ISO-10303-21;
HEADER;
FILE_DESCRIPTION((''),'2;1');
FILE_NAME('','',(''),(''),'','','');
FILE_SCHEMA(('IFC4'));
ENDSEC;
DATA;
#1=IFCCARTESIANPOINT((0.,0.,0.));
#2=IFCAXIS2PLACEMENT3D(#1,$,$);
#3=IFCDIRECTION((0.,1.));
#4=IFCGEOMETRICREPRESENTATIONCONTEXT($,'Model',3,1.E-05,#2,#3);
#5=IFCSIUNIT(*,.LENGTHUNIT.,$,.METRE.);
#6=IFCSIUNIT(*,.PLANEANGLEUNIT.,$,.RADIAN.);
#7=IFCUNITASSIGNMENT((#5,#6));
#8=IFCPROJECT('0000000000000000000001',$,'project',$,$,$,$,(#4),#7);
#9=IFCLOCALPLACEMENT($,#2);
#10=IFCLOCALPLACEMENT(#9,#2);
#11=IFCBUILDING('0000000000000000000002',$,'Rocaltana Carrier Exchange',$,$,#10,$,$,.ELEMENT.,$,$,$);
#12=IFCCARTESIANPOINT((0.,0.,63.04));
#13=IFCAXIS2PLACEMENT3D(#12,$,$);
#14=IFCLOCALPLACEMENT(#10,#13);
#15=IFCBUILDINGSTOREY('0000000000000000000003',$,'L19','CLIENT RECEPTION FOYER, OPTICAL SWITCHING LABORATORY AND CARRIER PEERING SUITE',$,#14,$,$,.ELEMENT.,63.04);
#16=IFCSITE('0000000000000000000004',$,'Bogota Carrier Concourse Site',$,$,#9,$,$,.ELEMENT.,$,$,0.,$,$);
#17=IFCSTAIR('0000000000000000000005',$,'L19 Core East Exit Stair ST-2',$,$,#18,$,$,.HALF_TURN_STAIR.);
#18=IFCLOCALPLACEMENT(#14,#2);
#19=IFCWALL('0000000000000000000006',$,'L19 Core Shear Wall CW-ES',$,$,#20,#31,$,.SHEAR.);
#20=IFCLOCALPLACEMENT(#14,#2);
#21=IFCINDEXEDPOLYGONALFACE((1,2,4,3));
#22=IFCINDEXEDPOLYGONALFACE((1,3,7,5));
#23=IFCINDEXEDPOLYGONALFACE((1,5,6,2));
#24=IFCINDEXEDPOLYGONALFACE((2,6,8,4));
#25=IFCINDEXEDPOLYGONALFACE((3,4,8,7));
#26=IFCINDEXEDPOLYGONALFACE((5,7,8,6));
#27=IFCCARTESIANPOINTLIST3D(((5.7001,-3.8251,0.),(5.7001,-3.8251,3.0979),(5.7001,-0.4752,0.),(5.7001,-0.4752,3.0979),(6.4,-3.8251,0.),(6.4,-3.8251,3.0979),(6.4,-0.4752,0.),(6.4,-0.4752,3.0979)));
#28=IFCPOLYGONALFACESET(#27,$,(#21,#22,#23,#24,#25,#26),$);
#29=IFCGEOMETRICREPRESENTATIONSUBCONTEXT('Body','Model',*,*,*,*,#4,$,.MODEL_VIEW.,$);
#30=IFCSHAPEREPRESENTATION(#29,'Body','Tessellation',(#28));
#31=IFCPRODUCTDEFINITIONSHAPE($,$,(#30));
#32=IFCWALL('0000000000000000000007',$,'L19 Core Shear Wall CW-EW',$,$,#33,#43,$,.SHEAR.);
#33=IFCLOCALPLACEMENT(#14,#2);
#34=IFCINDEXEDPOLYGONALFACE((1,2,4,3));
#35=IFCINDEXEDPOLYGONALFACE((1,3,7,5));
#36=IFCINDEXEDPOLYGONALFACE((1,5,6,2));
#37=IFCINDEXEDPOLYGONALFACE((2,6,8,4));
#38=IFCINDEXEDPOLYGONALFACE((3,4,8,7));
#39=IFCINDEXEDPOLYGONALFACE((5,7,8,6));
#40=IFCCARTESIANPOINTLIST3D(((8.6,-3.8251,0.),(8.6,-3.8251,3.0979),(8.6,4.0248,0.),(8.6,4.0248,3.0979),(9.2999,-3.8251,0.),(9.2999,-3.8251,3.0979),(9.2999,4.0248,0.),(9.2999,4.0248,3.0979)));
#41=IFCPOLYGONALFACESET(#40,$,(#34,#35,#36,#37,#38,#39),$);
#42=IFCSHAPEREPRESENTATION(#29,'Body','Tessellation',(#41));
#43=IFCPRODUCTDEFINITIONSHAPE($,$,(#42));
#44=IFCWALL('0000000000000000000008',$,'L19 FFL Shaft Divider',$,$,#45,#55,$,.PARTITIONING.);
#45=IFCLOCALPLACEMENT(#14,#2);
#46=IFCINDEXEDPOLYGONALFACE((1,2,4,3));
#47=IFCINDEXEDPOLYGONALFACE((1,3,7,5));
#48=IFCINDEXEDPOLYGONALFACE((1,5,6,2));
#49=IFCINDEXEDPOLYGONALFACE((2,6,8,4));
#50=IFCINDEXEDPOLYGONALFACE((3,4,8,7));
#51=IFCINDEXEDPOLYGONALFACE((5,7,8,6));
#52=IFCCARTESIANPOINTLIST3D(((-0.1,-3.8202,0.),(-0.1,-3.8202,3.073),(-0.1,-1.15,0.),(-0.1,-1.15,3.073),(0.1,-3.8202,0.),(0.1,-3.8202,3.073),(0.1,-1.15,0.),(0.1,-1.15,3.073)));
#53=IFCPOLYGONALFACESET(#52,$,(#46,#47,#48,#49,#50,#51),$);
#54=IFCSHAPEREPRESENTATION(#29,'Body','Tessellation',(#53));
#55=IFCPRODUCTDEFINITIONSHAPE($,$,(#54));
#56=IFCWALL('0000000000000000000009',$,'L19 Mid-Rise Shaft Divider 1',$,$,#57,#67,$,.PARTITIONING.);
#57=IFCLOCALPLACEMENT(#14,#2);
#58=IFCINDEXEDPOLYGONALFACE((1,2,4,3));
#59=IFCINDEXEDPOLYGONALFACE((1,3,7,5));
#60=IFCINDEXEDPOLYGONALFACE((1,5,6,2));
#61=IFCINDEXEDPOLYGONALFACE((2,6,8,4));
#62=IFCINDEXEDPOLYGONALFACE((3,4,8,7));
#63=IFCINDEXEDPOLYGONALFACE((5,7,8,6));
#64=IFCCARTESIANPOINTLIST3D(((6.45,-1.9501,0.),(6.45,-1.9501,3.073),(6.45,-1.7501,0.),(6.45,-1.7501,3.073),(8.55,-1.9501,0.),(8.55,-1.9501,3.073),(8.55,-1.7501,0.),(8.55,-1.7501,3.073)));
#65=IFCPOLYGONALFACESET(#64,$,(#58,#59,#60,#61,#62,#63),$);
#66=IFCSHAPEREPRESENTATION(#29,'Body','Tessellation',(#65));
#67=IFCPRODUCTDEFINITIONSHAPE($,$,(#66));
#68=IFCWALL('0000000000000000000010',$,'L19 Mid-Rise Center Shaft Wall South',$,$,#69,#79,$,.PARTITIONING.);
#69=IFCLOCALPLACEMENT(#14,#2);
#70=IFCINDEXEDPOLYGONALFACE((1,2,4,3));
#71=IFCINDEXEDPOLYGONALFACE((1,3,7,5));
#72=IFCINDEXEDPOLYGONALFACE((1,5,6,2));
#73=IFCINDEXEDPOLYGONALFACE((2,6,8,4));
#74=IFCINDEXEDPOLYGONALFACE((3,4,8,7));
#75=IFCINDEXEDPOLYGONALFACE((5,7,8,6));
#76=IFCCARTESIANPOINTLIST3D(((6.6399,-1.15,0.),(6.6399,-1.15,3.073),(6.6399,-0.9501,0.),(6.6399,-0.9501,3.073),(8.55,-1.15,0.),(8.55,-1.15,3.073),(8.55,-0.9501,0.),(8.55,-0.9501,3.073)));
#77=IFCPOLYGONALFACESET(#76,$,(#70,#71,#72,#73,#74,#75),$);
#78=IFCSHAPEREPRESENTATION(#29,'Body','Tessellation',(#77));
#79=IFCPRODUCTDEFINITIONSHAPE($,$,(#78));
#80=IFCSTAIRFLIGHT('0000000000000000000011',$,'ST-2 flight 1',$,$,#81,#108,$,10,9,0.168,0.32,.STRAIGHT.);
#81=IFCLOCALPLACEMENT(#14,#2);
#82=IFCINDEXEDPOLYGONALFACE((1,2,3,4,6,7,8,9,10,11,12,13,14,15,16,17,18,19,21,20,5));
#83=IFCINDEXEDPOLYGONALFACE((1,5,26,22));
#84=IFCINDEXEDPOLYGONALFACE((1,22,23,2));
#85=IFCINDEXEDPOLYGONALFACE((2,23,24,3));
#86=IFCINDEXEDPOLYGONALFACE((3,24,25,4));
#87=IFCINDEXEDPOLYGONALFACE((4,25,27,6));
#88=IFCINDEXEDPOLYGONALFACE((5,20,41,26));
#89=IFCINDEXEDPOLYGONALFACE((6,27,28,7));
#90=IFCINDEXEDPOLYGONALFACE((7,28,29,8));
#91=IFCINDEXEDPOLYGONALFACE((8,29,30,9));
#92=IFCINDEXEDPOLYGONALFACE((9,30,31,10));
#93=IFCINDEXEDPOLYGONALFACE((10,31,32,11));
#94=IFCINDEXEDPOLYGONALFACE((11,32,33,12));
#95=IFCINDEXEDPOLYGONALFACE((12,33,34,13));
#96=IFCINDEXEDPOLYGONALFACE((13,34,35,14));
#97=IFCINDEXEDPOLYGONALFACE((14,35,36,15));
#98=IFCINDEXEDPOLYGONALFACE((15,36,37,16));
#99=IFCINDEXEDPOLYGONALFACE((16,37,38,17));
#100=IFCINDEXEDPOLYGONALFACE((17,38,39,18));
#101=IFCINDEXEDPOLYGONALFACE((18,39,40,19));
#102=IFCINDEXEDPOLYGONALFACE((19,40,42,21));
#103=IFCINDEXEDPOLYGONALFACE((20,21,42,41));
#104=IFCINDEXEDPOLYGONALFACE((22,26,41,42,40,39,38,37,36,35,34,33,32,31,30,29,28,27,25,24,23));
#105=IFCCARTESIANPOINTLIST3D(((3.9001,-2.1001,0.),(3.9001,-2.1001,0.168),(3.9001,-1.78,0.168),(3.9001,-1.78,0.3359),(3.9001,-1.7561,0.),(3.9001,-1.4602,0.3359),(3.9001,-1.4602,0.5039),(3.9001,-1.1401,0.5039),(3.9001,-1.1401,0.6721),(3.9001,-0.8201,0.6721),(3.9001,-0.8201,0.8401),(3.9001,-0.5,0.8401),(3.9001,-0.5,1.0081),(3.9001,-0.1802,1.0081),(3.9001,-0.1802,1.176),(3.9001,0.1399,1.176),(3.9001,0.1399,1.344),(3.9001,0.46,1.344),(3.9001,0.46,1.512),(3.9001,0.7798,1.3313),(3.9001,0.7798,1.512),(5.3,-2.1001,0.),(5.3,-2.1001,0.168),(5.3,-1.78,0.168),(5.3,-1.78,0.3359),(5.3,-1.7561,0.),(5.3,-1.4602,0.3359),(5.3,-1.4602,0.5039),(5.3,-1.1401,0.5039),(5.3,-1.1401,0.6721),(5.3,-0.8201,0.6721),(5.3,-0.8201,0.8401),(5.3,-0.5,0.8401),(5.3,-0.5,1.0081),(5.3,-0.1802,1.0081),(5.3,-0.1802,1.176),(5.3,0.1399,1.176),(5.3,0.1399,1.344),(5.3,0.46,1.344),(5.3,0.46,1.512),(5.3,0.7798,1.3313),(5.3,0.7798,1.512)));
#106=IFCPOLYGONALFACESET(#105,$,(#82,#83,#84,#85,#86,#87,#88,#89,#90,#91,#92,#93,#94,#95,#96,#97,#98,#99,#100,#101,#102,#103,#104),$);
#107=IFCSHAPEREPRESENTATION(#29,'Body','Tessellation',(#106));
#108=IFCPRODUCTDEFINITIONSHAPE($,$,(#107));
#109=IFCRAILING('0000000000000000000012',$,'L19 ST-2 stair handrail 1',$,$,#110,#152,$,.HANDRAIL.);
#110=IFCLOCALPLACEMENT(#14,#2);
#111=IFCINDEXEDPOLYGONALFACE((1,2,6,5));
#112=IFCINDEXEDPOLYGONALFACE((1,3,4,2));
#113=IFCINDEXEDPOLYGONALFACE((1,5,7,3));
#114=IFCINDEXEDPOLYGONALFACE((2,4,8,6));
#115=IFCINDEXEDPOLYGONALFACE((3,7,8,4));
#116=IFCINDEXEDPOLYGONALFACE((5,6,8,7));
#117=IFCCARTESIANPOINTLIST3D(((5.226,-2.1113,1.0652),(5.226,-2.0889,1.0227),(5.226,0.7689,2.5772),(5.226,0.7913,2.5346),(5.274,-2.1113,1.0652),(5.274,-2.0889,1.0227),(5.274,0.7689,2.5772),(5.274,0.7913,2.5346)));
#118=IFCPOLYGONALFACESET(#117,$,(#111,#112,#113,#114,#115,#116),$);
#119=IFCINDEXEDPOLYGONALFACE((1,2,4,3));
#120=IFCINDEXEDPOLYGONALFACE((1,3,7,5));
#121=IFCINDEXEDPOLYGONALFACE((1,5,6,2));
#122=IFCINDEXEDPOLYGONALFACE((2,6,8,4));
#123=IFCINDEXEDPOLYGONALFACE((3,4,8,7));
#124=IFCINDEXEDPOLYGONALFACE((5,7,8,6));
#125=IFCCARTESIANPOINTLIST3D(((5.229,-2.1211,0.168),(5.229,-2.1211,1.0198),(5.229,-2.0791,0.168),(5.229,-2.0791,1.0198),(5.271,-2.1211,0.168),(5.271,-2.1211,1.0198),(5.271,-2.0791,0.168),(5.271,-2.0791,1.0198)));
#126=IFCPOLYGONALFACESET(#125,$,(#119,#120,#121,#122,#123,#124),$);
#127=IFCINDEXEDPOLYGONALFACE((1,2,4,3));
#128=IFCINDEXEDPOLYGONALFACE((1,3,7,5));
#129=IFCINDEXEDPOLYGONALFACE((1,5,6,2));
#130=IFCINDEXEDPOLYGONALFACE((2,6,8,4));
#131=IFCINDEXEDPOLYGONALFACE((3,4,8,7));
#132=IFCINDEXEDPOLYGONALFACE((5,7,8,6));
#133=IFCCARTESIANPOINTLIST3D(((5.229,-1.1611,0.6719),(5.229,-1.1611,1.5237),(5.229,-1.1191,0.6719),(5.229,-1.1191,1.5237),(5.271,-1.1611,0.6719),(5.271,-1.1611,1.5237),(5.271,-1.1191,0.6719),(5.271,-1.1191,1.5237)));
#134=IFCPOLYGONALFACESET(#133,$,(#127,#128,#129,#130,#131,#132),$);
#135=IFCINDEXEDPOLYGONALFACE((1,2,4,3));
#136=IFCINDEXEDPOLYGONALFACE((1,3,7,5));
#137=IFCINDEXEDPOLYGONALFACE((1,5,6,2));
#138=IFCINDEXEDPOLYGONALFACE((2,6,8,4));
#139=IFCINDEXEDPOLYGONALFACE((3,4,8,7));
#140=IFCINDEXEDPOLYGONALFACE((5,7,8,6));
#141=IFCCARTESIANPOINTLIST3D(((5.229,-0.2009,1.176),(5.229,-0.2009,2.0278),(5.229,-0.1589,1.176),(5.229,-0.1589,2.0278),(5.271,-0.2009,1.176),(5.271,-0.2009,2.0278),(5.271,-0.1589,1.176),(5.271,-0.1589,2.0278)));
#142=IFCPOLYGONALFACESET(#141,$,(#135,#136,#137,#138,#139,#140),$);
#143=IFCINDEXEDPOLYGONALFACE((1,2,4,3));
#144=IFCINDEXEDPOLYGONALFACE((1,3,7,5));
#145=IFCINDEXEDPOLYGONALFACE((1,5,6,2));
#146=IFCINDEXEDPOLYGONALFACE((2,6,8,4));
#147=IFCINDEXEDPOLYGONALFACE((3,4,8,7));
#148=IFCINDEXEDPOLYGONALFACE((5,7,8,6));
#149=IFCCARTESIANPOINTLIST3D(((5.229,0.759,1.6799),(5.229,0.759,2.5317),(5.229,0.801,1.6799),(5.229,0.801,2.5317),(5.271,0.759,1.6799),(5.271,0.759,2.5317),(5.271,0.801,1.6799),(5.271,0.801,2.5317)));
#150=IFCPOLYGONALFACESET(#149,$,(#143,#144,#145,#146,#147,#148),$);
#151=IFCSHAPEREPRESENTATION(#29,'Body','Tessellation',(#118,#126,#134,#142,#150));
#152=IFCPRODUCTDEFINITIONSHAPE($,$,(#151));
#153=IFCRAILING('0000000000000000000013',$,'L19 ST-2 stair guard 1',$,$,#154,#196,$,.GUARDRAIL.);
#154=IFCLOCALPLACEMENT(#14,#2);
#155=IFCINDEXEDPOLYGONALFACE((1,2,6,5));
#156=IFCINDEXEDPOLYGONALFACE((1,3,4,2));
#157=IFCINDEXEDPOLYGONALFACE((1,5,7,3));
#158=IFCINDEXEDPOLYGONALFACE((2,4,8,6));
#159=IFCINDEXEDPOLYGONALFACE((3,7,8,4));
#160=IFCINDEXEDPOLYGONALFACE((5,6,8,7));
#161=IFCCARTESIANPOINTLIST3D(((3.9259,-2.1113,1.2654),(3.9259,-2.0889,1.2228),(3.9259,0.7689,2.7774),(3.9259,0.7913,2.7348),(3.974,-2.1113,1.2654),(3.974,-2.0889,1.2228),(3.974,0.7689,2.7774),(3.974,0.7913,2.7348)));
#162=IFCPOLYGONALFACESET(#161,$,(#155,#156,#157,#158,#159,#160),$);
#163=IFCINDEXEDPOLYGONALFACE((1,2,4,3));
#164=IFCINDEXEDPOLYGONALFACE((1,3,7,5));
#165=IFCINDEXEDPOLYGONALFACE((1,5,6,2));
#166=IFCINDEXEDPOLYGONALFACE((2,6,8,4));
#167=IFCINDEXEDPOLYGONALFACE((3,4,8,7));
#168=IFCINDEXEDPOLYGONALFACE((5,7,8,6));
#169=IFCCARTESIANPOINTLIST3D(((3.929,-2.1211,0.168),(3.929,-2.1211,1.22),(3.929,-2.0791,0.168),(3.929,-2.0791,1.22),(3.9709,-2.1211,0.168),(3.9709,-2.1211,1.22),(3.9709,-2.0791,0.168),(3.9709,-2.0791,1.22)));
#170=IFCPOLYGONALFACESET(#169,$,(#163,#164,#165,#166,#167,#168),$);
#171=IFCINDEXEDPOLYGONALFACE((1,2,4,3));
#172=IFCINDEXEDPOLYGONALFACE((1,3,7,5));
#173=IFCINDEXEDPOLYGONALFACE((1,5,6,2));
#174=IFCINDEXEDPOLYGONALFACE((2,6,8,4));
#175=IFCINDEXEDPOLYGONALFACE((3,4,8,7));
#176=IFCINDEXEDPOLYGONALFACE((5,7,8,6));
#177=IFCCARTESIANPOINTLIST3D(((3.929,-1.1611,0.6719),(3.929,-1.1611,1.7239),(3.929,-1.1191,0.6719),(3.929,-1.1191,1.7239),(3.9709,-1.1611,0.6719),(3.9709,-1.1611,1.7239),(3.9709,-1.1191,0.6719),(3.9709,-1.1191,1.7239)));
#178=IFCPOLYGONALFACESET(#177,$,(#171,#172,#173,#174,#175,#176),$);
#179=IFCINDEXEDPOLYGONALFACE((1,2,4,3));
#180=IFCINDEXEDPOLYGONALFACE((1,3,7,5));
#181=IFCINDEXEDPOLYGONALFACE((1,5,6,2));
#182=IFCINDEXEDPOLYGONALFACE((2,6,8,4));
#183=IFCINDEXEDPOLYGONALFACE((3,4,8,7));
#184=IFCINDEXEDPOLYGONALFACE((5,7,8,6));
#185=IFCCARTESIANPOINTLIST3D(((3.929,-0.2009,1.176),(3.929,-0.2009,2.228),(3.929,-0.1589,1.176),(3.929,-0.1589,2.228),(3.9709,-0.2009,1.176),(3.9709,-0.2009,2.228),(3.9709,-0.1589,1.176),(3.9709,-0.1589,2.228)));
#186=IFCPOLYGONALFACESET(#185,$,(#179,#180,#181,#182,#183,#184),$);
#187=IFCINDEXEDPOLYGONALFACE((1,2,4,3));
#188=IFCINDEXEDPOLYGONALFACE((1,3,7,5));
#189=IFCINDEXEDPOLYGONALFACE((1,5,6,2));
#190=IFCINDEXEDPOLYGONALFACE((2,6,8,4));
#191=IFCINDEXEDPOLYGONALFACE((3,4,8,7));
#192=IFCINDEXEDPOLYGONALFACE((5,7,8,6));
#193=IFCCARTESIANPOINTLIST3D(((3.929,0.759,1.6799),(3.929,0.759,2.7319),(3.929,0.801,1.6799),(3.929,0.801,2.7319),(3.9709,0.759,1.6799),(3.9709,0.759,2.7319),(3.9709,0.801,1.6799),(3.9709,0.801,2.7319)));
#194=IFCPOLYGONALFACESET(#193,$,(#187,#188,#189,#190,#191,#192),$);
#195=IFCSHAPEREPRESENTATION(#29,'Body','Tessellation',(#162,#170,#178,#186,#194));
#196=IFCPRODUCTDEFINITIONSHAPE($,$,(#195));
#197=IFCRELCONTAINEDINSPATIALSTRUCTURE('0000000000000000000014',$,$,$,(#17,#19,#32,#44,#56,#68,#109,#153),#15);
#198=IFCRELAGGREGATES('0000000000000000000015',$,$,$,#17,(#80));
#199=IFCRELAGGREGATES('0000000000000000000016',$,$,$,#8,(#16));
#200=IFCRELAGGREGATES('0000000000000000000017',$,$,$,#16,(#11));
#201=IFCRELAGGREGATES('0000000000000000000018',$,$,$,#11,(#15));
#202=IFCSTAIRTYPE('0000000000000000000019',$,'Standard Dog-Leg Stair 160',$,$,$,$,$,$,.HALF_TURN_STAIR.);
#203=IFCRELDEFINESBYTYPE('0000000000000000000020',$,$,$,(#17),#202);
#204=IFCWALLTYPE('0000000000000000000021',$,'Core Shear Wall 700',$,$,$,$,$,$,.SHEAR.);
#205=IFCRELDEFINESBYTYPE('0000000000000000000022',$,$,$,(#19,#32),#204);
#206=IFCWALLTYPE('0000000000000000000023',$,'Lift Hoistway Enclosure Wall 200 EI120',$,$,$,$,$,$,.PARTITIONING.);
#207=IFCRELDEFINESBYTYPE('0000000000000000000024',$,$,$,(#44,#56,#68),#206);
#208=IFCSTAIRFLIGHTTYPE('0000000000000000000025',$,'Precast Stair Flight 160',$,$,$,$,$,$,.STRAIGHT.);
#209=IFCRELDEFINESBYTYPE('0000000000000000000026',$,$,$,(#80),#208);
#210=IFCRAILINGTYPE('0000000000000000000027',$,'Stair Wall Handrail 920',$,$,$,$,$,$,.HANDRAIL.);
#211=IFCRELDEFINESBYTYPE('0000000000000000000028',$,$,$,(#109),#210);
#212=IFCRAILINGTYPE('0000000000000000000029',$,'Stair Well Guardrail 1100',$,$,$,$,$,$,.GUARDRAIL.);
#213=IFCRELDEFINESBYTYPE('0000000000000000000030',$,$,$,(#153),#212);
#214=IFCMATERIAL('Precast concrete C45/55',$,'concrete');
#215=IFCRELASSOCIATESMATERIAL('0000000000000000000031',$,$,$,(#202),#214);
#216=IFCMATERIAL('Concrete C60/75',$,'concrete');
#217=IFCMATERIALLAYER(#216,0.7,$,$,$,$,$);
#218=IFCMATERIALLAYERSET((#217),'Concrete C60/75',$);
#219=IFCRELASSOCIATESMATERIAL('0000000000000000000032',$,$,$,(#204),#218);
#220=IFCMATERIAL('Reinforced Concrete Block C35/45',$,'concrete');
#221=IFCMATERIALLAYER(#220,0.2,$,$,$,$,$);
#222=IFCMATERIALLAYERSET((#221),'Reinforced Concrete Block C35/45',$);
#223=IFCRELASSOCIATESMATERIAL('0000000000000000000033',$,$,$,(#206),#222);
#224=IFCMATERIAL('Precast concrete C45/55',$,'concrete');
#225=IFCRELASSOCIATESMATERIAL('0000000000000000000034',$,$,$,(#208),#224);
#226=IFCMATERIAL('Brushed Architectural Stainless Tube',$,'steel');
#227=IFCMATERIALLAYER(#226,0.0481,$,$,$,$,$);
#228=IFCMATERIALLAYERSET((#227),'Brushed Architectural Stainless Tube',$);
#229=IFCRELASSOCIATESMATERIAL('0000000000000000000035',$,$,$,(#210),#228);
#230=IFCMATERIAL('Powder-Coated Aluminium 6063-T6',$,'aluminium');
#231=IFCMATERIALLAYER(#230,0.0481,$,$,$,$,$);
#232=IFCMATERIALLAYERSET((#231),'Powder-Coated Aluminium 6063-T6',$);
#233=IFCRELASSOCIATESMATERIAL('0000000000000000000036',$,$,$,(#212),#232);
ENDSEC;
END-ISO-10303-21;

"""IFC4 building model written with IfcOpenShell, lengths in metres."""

from ifc_helpers import new_model, si_unit, direction, frame, frame_2d, origin, origin_2d, place, context, subcontext, project, spatial, polyline, rectangle, outline, extrude, material, layer, layer_set, type_object, element, aggregate, save


model = new_model("IFC4")

# Units and contexts
model_context = context("Model", 3, precision=1e-05, world=origin(), true_north=direction((0.0, 1.0)))
body_context = subcontext(model_context, "Body", "Model", "MODEL_VIEW")
ifc_project = project(units=[si_unit("LENGTHUNIT", "METRE"), si_unit("PLANEANGLEUNIT", "RADIAN")], contexts=[model_context])

# Site, building, storey
site_placement = place(None, origin())
site = spatial("IfcSite", under=ifc_project, at=site_placement, Name="Bogota Carrier Concourse Site", CompositionType="ELEMENT", RefElevation=0.0)
building_placement = place(site_placement, origin())
building = spatial("IfcBuilding", under=site, at=building_placement, Name="Rocaltana Carrier Exchange", CompositionType="ELEMENT")
storey_placement = place(building_placement, frame((0.0, 0.0, 63.04)))
storey = spatial("IfcBuildingStorey", under=building, at=storey_placement, Name="L19", Description="CLIENT RECEPTION FOYER, OPTICAL SWITCHING LABORATORY AND CARRIER PEERING SUITE", CompositionType="ELEMENT", Elevation=63.04)

# Stair
ifc_material_1 = material(Name="Precast concrete C45/55", Category="concrete")
stair_type = type_object("IfcStairType", Name="Standard Dog-Leg Stair 160", PredefinedType="HALF_TURN_STAIR", material=ifc_material_1)
stair_1_placement = place(storey_placement, origin())
stair_1 = element("IfcStair", 1, at=stair_1_placement, inside=storey, type_object=stair_type, Name="L19 Core East Exit Stair ST-2", PredefinedType="HALF_TURN_STAIR")

# Walls
ifc_material_2 = material(Name="Concrete C60/75", Category="concrete")
ifc_layer_1 = layer(ifc_material_2, 0.7)
ifc_layer_set_1 = layer_set([ifc_layer_1], Name="Concrete C60/75")
wall_type_1 = type_object("IfcWallType", Name="Core Shear Wall 700", PredefinedType="SHEAR", material=ifc_layer_set_1)
wall_1_placement = place(storey_placement, frame((6.05, -3.825, 0.0), z_axis=(0.0, 0.0, 1.0), x_axis=(0.0, 1.0, 0.0)))
element("IfcWall", 2, at=wall_1_placement, inside=storey, type_object=wall_type_1, Name="L19 Core Shear Wall CW-ES", PredefinedType="SHEAR", context=body_context, shape_type="SweptSolid", body=[
    extrude(rectangle(XDim=3.3499, YDim=0.7, at=frame_2d((1.6748, 0.0))), origin(), (0.0, 0.0, 1.0), 3.0979),
])
wall_2_placement = place(storey_placement, frame((8.95, -3.825, 0.0), z_axis=(0.0, 0.0, 1.0), x_axis=(0.0, 1.0, 0.0)))
element("IfcWall", 3, at=wall_2_placement, inside=storey, type_object=wall_type_1, Name="L19 Core Shear Wall CW-EW", PredefinedType="SHEAR", context=body_context, shape_type="SweptSolid", body=[
    extrude(rectangle(XDim=7.8499, YDim=0.7, at=frame_2d((3.9248, 0.0))), origin(), (0.0, 0.0, 1.0), 3.0979),
])
ifc_material_3 = material(Name="Reinforced Concrete Block C35/45", Category="concrete")
ifc_layer_2 = layer(ifc_material_3, 0.2)
ifc_layer_set_2 = layer_set([ifc_layer_2], Name="Reinforced Concrete Block C35/45")
wall_type_2 = type_object("IfcWallType", Name="Lift Hoistway Enclosure Wall 200 EI120", PredefinedType="PARTITIONING", material=ifc_layer_set_2)
wall_3_placement = place(storey_placement, frame((0.0, -3.8201, 0.0), z_axis=(0.0, 0.0, 1.0), x_axis=(0.0, 1.0, 0.0)))
element("IfcWall", 4, at=wall_3_placement, inside=storey, type_object=wall_type_2, Name="L19 FFL Shaft Divider", PredefinedType="PARTITIONING", context=body_context, shape_type="SweptSolid", body=[
    extrude(rectangle(XDim=2.6702, YDim=0.2, at=frame_2d((1.335, 0.0))), origin(), (0.0, 0.0, 1.0), 3.073),
])
wall_4_placement = place(storey_placement, frame((6.45, -1.8501, 0.0), z_axis=(0.0, 0.0, 1.0), x_axis=(1.0, 0.0, 0.0)))
element("IfcWall", 5, at=wall_4_placement, inside=storey, type_object=wall_type_2, Name="L19 Mid-Rise Shaft Divider 1", PredefinedType="PARTITIONING", context=body_context, shape_type="SweptSolid", body=[
    extrude(rectangle(XDim=2.1001, YDim=0.2, at=frame_2d((1.05, 0.0))), origin(), (0.0, 0.0, 1.0), 3.073),
])
wall_5_placement = place(storey_placement, frame((6.6399, -1.05, 0.0), z_axis=(0.0, 0.0, 1.0), x_axis=(1.0, 0.0, 0.0)))
element("IfcWall", 6, at=wall_5_placement, inside=storey, type_object=wall_type_2, Name="L19 Mid-Rise Center Shaft Wall South", PredefinedType="PARTITIONING", context=body_context, shape_type="SweptSolid", body=[
    extrude(rectangle(XDim=1.9102, YDim=0.2, at=frame_2d((0.9551, 0.0))), origin(), (0.0, 0.0, 1.0), 3.073),
])

# Stair flight
ifc_material_4 = material(Name="Precast concrete C45/55", Category="concrete")
stair_flight_type = type_object("IfcStairFlightType", Name="Precast Stair Flight 160", PredefinedType="STRAIGHT", material=ifc_material_4)
stair_flight_placement = place(storey_placement, frame((4.6001, -2.1001, 0.0), z_axis=(0.0, 0.0, 1.0), x_axis=(0.0, 1.0, 0.0)))
stair_flight = element("IfcStairFlight", 7, at=stair_flight_placement, type_object=stair_flight_type, Name="ST-2 flight 1", NumberOfRisers=10, NumberOfTreads=9, PredefinedType="STRAIGHT", RiserHeight=0.168, TreadLength=0.32, context=body_context, shape_type="SweptSolid", body=[
    extrude(outline(polyline([(0.0, 0.0), (0.0, 0.168), (0.3201, 0.168), (0.3201, 0.3359), (0.6399, 0.3359), (0.6399, 0.5039), (0.96, 0.5039), (0.96, 0.6721), (1.28, 0.6721), (1.28, 0.8401), (1.6001, 0.8401), (1.6001, 1.0081), (1.9199, 1.0081), (1.9199, 1.176), (2.24, 1.176), (2.24, 1.344), (2.5601, 1.344), (2.5601, 1.512), (2.8799, 1.512), (2.8799, 1.6799), (2.8799, 1.3313), (0.344, 0.0), (0.0, 0.0)])), frame((0.0, 0.7, 0.0), z_axis=(0.0, -1.0, 0.0), x_axis=(1.0, 0.0, 0.0)), (0.0, 0.0, 1.0), 1.3999),
])
aggregate(stair_1, [stair_flight])

# Railings
ifc_material_5 = material(Name="Brushed Architectural Stainless Tube", Category="steel")
ifc_layer_3 = layer(ifc_material_5, 0.0481)
ifc_layer_set_3 = layer_set([ifc_layer_3], Name="Brushed Architectural Stainless Tube")
railing_type_1 = type_object("IfcRailingType", Name="Stair Wall Handrail 920", PredefinedType="HANDRAIL", material=ifc_layer_set_3)
railing_1_placement = place(storey_placement, frame((5.25, -2.1001, 0.168)))
element("IfcRailing", 8, at=railing_1_placement, inside=storey, type_object=railing_type_1, Name="L19 ST-2 stair handrail 1", PredefinedType="HANDRAIL", context=body_context, shape_type="SweptSolid", body=[
    extrude(rectangle(XDim=0.0481, YDim=0.0481, at=origin_2d()), frame((0.0, 0.0, 0.876), z_axis=(0.0, 0.885411, 0.464809), x_axis=(-1.0, 0.0, 0.0)), (0.0, 0.0, 1.0), 3.2529),
    extrude(rectangle(XDim=0.042, YDim=0.042, at=origin_2d()), origin(), (0.0, 0.0, 1.0), 0.8518),
    extrude(rectangle(XDim=0.042, YDim=0.042, at=origin_2d()), frame((0.0, 0.96, 0.5039)), (0.0, 0.0, 1.0), 0.8518),
    extrude(rectangle(XDim=0.042, YDim=0.042, at=origin_2d()), frame((0.0, 1.9202, 1.0081)), (0.0, 0.0, 1.0), 0.8518),
    extrude(rectangle(XDim=0.042, YDim=0.042, at=origin_2d()), frame((0.0, 2.8801, 1.512)), (0.0, 0.0, 1.0), 0.8518),
])
ifc_material_6 = material(Name="Powder-Coated Aluminium 6063-T6", Category="aluminium")
ifc_layer_4 = layer(ifc_material_6, 0.0481)
ifc_layer_set_4 = layer_set([ifc_layer_4], Name="Powder-Coated Aluminium 6063-T6")
railing_type_2 = type_object("IfcRailingType", Name="Stair Well Guardrail 1100", PredefinedType="GUARDRAIL", material=ifc_layer_set_4)
railing_2_placement = place(storey_placement, frame((3.95, -2.1001, 0.168)))
element("IfcRailing", 9, at=railing_2_placement, inside=storey, type_object=railing_type_2, Name="L19 ST-2 stair guard 1", PredefinedType="GUARDRAIL", context=body_context, shape_type="SweptSolid", body=[
    extrude(rectangle(XDim=0.0481, YDim=0.0481, at=origin_2d()), frame((0.0, 0.0, 1.0762), z_axis=(0.0, 0.885411, 0.464809), x_axis=(-1.0, 0.0, 0.0)), (0.0, 0.0, 1.0), 3.2529),
    extrude(rectangle(XDim=0.042, YDim=0.042, at=origin_2d()), origin(), (0.0, 0.0, 1.0), 1.052),
    extrude(rectangle(XDim=0.042, YDim=0.042, at=origin_2d()), frame((0.0, 0.96, 0.5039)), (0.0, 0.0, 1.0), 1.052),
    extrude(rectangle(XDim=0.042, YDim=0.042, at=origin_2d()), frame((0.0, 1.9202, 1.0081)), (0.0, 0.0, 1.0), 1.052),
    extrude(rectangle(XDim=0.042, YDim=0.042, at=origin_2d()), frame((0.0, 2.8801, 1.512)), (0.0, 0.0, 1.0), 1.052),
])

save(model, "model.ifc")
